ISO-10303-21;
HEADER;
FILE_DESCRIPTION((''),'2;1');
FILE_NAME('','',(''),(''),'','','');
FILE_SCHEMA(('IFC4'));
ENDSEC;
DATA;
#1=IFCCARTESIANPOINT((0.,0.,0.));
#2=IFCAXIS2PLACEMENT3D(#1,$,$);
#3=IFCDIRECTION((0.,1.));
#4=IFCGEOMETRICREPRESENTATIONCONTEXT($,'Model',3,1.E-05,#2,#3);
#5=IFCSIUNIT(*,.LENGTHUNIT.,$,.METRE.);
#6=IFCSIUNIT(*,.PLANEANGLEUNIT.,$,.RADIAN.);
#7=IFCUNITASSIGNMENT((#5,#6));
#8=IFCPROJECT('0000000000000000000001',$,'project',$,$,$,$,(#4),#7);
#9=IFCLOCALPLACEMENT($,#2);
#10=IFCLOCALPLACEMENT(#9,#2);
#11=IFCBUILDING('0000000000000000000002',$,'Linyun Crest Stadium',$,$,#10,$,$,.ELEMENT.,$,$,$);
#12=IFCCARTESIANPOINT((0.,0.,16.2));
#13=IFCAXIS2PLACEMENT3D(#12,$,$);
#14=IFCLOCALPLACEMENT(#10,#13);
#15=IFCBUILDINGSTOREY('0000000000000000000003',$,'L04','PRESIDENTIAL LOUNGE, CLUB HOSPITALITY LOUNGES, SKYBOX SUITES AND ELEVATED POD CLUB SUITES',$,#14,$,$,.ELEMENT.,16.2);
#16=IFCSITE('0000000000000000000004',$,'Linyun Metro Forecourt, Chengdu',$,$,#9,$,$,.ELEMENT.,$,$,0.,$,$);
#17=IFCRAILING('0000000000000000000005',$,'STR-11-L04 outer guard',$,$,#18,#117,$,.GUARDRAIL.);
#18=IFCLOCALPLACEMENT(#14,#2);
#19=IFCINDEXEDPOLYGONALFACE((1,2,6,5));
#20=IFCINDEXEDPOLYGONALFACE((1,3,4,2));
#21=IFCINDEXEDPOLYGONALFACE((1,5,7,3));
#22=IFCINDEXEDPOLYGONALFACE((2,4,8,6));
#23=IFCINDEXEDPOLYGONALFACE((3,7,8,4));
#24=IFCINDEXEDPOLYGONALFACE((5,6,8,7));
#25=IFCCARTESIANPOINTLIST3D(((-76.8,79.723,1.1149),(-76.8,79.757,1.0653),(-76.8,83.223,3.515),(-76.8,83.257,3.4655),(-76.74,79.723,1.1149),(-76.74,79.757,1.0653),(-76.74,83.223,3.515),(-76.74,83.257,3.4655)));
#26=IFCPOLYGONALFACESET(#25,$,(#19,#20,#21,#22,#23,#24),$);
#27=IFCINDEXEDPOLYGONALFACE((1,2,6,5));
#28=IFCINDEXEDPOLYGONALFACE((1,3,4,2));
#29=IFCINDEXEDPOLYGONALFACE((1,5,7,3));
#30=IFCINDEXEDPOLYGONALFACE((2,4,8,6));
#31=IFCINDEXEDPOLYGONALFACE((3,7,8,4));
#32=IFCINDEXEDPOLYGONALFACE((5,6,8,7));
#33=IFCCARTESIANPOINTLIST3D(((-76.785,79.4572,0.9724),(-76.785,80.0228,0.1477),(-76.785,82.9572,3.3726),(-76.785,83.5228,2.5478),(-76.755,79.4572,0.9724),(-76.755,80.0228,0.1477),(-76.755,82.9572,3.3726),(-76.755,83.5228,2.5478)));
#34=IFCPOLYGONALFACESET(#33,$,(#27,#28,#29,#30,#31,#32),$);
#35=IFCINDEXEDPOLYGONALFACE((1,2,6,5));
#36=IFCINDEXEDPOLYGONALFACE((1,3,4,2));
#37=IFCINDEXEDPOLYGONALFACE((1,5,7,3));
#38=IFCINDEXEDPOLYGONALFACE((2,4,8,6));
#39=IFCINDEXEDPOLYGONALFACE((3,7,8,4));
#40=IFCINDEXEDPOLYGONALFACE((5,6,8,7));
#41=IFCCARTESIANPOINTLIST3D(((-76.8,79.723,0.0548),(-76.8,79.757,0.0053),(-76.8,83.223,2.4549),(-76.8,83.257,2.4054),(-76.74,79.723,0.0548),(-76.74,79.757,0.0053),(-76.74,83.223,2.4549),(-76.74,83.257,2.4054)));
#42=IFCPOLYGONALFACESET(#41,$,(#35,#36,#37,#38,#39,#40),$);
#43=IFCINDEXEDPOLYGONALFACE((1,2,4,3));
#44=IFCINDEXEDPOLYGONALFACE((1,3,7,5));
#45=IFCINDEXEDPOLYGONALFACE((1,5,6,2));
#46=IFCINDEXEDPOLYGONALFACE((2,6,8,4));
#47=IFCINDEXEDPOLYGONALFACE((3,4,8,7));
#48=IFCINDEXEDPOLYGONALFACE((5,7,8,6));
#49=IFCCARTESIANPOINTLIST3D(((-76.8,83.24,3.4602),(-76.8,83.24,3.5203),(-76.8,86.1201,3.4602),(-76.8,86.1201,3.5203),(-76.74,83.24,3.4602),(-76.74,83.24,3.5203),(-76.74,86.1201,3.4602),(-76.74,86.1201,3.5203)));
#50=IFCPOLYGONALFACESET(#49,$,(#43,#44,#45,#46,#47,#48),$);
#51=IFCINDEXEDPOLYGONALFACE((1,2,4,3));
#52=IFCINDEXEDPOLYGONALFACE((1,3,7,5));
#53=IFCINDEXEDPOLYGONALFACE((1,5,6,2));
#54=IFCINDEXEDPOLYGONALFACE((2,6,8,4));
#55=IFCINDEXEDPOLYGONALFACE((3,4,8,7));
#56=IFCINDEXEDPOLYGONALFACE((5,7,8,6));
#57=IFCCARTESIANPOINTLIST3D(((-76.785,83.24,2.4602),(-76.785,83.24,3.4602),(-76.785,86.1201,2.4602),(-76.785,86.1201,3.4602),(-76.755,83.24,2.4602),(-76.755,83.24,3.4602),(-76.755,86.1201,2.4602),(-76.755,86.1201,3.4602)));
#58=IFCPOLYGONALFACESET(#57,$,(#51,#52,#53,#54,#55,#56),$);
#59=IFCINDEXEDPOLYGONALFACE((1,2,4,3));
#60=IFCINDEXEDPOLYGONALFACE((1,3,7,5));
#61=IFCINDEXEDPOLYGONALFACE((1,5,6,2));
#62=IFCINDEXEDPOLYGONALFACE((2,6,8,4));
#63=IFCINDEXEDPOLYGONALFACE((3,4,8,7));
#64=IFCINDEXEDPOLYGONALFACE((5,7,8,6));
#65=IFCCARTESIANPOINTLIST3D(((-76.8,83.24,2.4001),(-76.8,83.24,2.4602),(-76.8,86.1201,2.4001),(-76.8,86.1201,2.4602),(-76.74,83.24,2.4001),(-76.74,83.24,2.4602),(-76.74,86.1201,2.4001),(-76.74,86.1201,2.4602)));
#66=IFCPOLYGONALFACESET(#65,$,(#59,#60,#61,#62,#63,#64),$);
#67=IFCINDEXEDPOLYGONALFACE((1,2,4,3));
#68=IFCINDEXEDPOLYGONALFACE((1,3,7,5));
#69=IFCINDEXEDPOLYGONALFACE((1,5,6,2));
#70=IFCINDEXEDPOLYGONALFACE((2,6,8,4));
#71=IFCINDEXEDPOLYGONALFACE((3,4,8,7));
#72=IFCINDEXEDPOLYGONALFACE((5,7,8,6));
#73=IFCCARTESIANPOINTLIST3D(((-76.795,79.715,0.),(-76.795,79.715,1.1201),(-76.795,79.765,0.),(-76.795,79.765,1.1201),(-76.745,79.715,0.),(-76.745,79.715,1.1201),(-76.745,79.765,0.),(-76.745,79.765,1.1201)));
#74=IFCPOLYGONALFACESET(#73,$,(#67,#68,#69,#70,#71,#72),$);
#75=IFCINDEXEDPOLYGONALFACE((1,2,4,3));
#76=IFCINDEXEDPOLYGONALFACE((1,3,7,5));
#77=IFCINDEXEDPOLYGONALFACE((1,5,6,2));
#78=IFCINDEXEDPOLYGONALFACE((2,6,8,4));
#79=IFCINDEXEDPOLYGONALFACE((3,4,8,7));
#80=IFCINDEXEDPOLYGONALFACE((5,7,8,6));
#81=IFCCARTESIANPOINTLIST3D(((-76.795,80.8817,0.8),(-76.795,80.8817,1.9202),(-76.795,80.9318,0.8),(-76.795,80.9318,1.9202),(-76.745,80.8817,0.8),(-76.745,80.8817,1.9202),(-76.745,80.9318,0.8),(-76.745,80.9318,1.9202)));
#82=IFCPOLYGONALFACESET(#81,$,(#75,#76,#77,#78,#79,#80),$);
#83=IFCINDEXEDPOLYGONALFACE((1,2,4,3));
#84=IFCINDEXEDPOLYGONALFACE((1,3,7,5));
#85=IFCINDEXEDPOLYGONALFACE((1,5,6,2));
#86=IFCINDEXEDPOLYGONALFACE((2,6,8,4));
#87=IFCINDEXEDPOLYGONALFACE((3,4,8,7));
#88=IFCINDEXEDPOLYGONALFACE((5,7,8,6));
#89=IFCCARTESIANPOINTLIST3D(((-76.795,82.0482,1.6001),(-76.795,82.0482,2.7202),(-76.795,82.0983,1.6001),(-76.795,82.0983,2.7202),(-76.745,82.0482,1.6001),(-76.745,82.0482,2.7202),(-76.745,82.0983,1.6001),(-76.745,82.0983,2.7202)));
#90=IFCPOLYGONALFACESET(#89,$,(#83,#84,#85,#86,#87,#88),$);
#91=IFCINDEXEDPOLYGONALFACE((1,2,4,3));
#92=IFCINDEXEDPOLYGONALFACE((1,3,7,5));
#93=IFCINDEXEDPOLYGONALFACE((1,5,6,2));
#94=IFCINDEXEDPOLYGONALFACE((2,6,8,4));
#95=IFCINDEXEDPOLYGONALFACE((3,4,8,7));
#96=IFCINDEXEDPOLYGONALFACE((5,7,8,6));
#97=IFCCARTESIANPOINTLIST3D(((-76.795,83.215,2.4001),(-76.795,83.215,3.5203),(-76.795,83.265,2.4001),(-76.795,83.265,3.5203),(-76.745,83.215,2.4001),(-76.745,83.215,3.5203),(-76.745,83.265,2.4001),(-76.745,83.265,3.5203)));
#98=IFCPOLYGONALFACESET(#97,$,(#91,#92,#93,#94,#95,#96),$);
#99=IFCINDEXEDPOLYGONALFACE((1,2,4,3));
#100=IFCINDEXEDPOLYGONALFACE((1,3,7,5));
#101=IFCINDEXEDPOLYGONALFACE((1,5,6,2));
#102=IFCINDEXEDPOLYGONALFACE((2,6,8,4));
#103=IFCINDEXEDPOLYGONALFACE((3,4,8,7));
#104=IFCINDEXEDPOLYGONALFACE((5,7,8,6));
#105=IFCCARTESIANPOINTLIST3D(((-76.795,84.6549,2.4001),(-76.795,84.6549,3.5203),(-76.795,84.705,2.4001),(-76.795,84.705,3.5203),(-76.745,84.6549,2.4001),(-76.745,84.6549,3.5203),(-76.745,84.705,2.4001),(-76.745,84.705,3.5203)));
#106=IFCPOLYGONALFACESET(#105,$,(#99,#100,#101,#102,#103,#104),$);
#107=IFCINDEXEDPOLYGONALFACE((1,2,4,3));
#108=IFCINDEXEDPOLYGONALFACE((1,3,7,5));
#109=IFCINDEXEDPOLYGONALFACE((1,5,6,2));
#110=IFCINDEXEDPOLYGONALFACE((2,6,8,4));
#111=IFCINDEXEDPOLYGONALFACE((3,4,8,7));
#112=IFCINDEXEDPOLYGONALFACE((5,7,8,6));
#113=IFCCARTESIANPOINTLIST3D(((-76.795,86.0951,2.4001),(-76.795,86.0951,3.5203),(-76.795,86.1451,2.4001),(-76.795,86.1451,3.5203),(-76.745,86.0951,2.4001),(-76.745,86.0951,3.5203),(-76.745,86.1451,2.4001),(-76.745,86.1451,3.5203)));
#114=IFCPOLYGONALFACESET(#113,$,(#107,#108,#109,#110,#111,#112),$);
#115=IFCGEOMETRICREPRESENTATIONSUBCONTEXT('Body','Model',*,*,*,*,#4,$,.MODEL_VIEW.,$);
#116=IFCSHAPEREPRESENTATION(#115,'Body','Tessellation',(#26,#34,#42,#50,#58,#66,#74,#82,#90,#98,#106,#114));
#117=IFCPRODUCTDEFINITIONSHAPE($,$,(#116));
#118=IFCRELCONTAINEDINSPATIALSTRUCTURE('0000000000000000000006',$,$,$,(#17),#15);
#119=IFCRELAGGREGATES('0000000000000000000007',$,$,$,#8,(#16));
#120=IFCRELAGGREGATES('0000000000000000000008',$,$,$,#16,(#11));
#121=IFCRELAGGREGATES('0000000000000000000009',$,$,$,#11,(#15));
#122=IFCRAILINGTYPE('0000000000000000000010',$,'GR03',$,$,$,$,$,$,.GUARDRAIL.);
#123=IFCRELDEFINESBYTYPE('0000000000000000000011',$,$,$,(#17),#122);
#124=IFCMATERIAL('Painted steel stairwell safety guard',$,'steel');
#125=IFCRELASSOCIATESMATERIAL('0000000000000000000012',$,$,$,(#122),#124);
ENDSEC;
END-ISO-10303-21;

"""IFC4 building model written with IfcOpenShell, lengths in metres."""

from ifc_helpers import new_model, si_unit, direction, frame, origin, origin_2d, place, context, subcontext, project, spatial, rectangle, extrude, material, type_object, element, save


model = new_model("IFC4")

# Units and contexts
model_context = context("Model", 3, precision=1e-05, world=origin(), true_north=direction((0.0, 1.0)))
body_context = subcontext(model_context, "Body", "Model", "MODEL_VIEW")
ifc_project = project(units=[si_unit("LENGTHUNIT", "METRE"), si_unit("PLANEANGLEUNIT", "RADIAN")], contexts=[model_context])

# Site, building, storey
site_placement = place(None, origin())
site = spatial("IfcSite", under=ifc_project, at=site_placement, Name="Linyun Metro Forecourt, Chengdu", CompositionType="ELEMENT", RefElevation=0.0)
building_placement = place(site_placement, origin())
building = spatial("IfcBuilding", under=site, at=building_placement, Name="Linyun Crest Stadium", CompositionType="ELEMENT")
storey_placement = place(building_placement, frame((0.0, 0.0, 16.2)))
storey = spatial("IfcBuildingStorey", under=building, at=storey_placement, Name="L04", Description="PRESIDENTIAL LOUNGE, CLUB HOSPITALITY LOUNGES, SKYBOX SUITES AND ELEVATED POD CLUB SUITES", CompositionType="ELEMENT", Elevation=16.2)

# Railing
ifc_material_1 = material(Name="Painted steel stairwell safety guard", Category="steel")
railing_type_1 = type_object("IfcRailingType", Name="GR03", PredefinedType="GUARDRAIL", material=ifc_material_1)
railing_1_placement = place(storey_placement, frame((-76.77, 79.74, 0.0)))
element("IfcRailing", 1, at=railing_1_placement, inside=storey, type_object=railing_type_1, Name="STR-11-L04 outer guard", PredefinedType="GUARDRAIL", context=body_context, shape_type="SweptSolid", body=[
    extrude(rectangle(XDim=0.0601, YDim=0.0601, at=origin_2d()), frame((0.0, 0.0, 1.0901), z_axis=(0.0, 0.824713, 0.565552), x_axis=(-1.0, 0.0, 0.0)), (0.0, 0.0, 1.0), 4.2439),
    extrude(rectangle(XDim=0.03, YDim=1.0, at=origin_2d()), frame((0.0, 0.0, 0.5601), z_axis=(0.0, 0.824713, 0.565552), x_axis=(-1.0, 0.0, 0.0)), (0.0, 0.0, 1.0), 4.2439),
    extrude(rectangle(XDim=0.0601, YDim=0.0601, at=origin_2d()), frame((0.0, 0.0, 0.03), z_axis=(0.0, 0.824713, 0.565552), x_axis=(-1.0, 0.0, 0.0)), (0.0, 0.0, 1.0), 4.2439),
    extrude(rectangle(XDim=0.0601, YDim=0.0601, at=origin_2d()), frame((0.0, 3.5, 3.4902), z_axis=(0.0, 1.0, 0.0), x_axis=(-1.0, 0.0, 0.0)), (0.0, 0.0, 1.0), 2.8801),
    extrude(rectangle(XDim=0.03, YDim=1.0, at=origin_2d()), frame((0.0, 3.5, 2.9602), z_axis=(0.0, 1.0, 0.0), x_axis=(-1.0, 0.0, 0.0)), (0.0, 0.0, 1.0), 2.8801),
    extrude(rectangle(XDim=0.0601, YDim=0.0601, at=origin_2d()), frame((0.0, 3.5, 2.4302), z_axis=(0.0, 1.0, 0.0), x_axis=(-1.0, 0.0, 0.0)), (0.0, 0.0, 1.0), 2.8801),
    extrude(rectangle(XDim=0.05, YDim=0.05, at=origin_2d()), origin(), (0.0, 0.0, 1.0), 1.1201),
    extrude(rectangle(XDim=0.05, YDim=0.05, at=origin_2d()), frame((0.0, 1.1667, 0.8)), (0.0, 0.0, 1.0), 1.1201),
    extrude(rectangle(XDim=0.05, YDim=0.05, at=origin_2d()), frame((0.0, 2.3333, 1.6001)), (0.0, 0.0, 1.0), 1.1201),
    extrude(rectangle(XDim=0.05, YDim=0.05, at=origin_2d()), frame((0.0, 3.5, 2.4001)), (0.0, 0.0, 1.0), 1.1201),
    extrude(rectangle(XDim=0.05, YDim=0.05, at=origin_2d()), frame((0.0, 4.9399, 2.4001)), (0.0, 0.0, 1.0), 1.1201),
    extrude(rectangle(XDim=0.05, YDim=0.05, at=origin_2d()), frame((0.0, 6.3801, 2.4001)), (0.0, 0.0, 1.0), 1.1201),
])

save(model, "model.ifc")
